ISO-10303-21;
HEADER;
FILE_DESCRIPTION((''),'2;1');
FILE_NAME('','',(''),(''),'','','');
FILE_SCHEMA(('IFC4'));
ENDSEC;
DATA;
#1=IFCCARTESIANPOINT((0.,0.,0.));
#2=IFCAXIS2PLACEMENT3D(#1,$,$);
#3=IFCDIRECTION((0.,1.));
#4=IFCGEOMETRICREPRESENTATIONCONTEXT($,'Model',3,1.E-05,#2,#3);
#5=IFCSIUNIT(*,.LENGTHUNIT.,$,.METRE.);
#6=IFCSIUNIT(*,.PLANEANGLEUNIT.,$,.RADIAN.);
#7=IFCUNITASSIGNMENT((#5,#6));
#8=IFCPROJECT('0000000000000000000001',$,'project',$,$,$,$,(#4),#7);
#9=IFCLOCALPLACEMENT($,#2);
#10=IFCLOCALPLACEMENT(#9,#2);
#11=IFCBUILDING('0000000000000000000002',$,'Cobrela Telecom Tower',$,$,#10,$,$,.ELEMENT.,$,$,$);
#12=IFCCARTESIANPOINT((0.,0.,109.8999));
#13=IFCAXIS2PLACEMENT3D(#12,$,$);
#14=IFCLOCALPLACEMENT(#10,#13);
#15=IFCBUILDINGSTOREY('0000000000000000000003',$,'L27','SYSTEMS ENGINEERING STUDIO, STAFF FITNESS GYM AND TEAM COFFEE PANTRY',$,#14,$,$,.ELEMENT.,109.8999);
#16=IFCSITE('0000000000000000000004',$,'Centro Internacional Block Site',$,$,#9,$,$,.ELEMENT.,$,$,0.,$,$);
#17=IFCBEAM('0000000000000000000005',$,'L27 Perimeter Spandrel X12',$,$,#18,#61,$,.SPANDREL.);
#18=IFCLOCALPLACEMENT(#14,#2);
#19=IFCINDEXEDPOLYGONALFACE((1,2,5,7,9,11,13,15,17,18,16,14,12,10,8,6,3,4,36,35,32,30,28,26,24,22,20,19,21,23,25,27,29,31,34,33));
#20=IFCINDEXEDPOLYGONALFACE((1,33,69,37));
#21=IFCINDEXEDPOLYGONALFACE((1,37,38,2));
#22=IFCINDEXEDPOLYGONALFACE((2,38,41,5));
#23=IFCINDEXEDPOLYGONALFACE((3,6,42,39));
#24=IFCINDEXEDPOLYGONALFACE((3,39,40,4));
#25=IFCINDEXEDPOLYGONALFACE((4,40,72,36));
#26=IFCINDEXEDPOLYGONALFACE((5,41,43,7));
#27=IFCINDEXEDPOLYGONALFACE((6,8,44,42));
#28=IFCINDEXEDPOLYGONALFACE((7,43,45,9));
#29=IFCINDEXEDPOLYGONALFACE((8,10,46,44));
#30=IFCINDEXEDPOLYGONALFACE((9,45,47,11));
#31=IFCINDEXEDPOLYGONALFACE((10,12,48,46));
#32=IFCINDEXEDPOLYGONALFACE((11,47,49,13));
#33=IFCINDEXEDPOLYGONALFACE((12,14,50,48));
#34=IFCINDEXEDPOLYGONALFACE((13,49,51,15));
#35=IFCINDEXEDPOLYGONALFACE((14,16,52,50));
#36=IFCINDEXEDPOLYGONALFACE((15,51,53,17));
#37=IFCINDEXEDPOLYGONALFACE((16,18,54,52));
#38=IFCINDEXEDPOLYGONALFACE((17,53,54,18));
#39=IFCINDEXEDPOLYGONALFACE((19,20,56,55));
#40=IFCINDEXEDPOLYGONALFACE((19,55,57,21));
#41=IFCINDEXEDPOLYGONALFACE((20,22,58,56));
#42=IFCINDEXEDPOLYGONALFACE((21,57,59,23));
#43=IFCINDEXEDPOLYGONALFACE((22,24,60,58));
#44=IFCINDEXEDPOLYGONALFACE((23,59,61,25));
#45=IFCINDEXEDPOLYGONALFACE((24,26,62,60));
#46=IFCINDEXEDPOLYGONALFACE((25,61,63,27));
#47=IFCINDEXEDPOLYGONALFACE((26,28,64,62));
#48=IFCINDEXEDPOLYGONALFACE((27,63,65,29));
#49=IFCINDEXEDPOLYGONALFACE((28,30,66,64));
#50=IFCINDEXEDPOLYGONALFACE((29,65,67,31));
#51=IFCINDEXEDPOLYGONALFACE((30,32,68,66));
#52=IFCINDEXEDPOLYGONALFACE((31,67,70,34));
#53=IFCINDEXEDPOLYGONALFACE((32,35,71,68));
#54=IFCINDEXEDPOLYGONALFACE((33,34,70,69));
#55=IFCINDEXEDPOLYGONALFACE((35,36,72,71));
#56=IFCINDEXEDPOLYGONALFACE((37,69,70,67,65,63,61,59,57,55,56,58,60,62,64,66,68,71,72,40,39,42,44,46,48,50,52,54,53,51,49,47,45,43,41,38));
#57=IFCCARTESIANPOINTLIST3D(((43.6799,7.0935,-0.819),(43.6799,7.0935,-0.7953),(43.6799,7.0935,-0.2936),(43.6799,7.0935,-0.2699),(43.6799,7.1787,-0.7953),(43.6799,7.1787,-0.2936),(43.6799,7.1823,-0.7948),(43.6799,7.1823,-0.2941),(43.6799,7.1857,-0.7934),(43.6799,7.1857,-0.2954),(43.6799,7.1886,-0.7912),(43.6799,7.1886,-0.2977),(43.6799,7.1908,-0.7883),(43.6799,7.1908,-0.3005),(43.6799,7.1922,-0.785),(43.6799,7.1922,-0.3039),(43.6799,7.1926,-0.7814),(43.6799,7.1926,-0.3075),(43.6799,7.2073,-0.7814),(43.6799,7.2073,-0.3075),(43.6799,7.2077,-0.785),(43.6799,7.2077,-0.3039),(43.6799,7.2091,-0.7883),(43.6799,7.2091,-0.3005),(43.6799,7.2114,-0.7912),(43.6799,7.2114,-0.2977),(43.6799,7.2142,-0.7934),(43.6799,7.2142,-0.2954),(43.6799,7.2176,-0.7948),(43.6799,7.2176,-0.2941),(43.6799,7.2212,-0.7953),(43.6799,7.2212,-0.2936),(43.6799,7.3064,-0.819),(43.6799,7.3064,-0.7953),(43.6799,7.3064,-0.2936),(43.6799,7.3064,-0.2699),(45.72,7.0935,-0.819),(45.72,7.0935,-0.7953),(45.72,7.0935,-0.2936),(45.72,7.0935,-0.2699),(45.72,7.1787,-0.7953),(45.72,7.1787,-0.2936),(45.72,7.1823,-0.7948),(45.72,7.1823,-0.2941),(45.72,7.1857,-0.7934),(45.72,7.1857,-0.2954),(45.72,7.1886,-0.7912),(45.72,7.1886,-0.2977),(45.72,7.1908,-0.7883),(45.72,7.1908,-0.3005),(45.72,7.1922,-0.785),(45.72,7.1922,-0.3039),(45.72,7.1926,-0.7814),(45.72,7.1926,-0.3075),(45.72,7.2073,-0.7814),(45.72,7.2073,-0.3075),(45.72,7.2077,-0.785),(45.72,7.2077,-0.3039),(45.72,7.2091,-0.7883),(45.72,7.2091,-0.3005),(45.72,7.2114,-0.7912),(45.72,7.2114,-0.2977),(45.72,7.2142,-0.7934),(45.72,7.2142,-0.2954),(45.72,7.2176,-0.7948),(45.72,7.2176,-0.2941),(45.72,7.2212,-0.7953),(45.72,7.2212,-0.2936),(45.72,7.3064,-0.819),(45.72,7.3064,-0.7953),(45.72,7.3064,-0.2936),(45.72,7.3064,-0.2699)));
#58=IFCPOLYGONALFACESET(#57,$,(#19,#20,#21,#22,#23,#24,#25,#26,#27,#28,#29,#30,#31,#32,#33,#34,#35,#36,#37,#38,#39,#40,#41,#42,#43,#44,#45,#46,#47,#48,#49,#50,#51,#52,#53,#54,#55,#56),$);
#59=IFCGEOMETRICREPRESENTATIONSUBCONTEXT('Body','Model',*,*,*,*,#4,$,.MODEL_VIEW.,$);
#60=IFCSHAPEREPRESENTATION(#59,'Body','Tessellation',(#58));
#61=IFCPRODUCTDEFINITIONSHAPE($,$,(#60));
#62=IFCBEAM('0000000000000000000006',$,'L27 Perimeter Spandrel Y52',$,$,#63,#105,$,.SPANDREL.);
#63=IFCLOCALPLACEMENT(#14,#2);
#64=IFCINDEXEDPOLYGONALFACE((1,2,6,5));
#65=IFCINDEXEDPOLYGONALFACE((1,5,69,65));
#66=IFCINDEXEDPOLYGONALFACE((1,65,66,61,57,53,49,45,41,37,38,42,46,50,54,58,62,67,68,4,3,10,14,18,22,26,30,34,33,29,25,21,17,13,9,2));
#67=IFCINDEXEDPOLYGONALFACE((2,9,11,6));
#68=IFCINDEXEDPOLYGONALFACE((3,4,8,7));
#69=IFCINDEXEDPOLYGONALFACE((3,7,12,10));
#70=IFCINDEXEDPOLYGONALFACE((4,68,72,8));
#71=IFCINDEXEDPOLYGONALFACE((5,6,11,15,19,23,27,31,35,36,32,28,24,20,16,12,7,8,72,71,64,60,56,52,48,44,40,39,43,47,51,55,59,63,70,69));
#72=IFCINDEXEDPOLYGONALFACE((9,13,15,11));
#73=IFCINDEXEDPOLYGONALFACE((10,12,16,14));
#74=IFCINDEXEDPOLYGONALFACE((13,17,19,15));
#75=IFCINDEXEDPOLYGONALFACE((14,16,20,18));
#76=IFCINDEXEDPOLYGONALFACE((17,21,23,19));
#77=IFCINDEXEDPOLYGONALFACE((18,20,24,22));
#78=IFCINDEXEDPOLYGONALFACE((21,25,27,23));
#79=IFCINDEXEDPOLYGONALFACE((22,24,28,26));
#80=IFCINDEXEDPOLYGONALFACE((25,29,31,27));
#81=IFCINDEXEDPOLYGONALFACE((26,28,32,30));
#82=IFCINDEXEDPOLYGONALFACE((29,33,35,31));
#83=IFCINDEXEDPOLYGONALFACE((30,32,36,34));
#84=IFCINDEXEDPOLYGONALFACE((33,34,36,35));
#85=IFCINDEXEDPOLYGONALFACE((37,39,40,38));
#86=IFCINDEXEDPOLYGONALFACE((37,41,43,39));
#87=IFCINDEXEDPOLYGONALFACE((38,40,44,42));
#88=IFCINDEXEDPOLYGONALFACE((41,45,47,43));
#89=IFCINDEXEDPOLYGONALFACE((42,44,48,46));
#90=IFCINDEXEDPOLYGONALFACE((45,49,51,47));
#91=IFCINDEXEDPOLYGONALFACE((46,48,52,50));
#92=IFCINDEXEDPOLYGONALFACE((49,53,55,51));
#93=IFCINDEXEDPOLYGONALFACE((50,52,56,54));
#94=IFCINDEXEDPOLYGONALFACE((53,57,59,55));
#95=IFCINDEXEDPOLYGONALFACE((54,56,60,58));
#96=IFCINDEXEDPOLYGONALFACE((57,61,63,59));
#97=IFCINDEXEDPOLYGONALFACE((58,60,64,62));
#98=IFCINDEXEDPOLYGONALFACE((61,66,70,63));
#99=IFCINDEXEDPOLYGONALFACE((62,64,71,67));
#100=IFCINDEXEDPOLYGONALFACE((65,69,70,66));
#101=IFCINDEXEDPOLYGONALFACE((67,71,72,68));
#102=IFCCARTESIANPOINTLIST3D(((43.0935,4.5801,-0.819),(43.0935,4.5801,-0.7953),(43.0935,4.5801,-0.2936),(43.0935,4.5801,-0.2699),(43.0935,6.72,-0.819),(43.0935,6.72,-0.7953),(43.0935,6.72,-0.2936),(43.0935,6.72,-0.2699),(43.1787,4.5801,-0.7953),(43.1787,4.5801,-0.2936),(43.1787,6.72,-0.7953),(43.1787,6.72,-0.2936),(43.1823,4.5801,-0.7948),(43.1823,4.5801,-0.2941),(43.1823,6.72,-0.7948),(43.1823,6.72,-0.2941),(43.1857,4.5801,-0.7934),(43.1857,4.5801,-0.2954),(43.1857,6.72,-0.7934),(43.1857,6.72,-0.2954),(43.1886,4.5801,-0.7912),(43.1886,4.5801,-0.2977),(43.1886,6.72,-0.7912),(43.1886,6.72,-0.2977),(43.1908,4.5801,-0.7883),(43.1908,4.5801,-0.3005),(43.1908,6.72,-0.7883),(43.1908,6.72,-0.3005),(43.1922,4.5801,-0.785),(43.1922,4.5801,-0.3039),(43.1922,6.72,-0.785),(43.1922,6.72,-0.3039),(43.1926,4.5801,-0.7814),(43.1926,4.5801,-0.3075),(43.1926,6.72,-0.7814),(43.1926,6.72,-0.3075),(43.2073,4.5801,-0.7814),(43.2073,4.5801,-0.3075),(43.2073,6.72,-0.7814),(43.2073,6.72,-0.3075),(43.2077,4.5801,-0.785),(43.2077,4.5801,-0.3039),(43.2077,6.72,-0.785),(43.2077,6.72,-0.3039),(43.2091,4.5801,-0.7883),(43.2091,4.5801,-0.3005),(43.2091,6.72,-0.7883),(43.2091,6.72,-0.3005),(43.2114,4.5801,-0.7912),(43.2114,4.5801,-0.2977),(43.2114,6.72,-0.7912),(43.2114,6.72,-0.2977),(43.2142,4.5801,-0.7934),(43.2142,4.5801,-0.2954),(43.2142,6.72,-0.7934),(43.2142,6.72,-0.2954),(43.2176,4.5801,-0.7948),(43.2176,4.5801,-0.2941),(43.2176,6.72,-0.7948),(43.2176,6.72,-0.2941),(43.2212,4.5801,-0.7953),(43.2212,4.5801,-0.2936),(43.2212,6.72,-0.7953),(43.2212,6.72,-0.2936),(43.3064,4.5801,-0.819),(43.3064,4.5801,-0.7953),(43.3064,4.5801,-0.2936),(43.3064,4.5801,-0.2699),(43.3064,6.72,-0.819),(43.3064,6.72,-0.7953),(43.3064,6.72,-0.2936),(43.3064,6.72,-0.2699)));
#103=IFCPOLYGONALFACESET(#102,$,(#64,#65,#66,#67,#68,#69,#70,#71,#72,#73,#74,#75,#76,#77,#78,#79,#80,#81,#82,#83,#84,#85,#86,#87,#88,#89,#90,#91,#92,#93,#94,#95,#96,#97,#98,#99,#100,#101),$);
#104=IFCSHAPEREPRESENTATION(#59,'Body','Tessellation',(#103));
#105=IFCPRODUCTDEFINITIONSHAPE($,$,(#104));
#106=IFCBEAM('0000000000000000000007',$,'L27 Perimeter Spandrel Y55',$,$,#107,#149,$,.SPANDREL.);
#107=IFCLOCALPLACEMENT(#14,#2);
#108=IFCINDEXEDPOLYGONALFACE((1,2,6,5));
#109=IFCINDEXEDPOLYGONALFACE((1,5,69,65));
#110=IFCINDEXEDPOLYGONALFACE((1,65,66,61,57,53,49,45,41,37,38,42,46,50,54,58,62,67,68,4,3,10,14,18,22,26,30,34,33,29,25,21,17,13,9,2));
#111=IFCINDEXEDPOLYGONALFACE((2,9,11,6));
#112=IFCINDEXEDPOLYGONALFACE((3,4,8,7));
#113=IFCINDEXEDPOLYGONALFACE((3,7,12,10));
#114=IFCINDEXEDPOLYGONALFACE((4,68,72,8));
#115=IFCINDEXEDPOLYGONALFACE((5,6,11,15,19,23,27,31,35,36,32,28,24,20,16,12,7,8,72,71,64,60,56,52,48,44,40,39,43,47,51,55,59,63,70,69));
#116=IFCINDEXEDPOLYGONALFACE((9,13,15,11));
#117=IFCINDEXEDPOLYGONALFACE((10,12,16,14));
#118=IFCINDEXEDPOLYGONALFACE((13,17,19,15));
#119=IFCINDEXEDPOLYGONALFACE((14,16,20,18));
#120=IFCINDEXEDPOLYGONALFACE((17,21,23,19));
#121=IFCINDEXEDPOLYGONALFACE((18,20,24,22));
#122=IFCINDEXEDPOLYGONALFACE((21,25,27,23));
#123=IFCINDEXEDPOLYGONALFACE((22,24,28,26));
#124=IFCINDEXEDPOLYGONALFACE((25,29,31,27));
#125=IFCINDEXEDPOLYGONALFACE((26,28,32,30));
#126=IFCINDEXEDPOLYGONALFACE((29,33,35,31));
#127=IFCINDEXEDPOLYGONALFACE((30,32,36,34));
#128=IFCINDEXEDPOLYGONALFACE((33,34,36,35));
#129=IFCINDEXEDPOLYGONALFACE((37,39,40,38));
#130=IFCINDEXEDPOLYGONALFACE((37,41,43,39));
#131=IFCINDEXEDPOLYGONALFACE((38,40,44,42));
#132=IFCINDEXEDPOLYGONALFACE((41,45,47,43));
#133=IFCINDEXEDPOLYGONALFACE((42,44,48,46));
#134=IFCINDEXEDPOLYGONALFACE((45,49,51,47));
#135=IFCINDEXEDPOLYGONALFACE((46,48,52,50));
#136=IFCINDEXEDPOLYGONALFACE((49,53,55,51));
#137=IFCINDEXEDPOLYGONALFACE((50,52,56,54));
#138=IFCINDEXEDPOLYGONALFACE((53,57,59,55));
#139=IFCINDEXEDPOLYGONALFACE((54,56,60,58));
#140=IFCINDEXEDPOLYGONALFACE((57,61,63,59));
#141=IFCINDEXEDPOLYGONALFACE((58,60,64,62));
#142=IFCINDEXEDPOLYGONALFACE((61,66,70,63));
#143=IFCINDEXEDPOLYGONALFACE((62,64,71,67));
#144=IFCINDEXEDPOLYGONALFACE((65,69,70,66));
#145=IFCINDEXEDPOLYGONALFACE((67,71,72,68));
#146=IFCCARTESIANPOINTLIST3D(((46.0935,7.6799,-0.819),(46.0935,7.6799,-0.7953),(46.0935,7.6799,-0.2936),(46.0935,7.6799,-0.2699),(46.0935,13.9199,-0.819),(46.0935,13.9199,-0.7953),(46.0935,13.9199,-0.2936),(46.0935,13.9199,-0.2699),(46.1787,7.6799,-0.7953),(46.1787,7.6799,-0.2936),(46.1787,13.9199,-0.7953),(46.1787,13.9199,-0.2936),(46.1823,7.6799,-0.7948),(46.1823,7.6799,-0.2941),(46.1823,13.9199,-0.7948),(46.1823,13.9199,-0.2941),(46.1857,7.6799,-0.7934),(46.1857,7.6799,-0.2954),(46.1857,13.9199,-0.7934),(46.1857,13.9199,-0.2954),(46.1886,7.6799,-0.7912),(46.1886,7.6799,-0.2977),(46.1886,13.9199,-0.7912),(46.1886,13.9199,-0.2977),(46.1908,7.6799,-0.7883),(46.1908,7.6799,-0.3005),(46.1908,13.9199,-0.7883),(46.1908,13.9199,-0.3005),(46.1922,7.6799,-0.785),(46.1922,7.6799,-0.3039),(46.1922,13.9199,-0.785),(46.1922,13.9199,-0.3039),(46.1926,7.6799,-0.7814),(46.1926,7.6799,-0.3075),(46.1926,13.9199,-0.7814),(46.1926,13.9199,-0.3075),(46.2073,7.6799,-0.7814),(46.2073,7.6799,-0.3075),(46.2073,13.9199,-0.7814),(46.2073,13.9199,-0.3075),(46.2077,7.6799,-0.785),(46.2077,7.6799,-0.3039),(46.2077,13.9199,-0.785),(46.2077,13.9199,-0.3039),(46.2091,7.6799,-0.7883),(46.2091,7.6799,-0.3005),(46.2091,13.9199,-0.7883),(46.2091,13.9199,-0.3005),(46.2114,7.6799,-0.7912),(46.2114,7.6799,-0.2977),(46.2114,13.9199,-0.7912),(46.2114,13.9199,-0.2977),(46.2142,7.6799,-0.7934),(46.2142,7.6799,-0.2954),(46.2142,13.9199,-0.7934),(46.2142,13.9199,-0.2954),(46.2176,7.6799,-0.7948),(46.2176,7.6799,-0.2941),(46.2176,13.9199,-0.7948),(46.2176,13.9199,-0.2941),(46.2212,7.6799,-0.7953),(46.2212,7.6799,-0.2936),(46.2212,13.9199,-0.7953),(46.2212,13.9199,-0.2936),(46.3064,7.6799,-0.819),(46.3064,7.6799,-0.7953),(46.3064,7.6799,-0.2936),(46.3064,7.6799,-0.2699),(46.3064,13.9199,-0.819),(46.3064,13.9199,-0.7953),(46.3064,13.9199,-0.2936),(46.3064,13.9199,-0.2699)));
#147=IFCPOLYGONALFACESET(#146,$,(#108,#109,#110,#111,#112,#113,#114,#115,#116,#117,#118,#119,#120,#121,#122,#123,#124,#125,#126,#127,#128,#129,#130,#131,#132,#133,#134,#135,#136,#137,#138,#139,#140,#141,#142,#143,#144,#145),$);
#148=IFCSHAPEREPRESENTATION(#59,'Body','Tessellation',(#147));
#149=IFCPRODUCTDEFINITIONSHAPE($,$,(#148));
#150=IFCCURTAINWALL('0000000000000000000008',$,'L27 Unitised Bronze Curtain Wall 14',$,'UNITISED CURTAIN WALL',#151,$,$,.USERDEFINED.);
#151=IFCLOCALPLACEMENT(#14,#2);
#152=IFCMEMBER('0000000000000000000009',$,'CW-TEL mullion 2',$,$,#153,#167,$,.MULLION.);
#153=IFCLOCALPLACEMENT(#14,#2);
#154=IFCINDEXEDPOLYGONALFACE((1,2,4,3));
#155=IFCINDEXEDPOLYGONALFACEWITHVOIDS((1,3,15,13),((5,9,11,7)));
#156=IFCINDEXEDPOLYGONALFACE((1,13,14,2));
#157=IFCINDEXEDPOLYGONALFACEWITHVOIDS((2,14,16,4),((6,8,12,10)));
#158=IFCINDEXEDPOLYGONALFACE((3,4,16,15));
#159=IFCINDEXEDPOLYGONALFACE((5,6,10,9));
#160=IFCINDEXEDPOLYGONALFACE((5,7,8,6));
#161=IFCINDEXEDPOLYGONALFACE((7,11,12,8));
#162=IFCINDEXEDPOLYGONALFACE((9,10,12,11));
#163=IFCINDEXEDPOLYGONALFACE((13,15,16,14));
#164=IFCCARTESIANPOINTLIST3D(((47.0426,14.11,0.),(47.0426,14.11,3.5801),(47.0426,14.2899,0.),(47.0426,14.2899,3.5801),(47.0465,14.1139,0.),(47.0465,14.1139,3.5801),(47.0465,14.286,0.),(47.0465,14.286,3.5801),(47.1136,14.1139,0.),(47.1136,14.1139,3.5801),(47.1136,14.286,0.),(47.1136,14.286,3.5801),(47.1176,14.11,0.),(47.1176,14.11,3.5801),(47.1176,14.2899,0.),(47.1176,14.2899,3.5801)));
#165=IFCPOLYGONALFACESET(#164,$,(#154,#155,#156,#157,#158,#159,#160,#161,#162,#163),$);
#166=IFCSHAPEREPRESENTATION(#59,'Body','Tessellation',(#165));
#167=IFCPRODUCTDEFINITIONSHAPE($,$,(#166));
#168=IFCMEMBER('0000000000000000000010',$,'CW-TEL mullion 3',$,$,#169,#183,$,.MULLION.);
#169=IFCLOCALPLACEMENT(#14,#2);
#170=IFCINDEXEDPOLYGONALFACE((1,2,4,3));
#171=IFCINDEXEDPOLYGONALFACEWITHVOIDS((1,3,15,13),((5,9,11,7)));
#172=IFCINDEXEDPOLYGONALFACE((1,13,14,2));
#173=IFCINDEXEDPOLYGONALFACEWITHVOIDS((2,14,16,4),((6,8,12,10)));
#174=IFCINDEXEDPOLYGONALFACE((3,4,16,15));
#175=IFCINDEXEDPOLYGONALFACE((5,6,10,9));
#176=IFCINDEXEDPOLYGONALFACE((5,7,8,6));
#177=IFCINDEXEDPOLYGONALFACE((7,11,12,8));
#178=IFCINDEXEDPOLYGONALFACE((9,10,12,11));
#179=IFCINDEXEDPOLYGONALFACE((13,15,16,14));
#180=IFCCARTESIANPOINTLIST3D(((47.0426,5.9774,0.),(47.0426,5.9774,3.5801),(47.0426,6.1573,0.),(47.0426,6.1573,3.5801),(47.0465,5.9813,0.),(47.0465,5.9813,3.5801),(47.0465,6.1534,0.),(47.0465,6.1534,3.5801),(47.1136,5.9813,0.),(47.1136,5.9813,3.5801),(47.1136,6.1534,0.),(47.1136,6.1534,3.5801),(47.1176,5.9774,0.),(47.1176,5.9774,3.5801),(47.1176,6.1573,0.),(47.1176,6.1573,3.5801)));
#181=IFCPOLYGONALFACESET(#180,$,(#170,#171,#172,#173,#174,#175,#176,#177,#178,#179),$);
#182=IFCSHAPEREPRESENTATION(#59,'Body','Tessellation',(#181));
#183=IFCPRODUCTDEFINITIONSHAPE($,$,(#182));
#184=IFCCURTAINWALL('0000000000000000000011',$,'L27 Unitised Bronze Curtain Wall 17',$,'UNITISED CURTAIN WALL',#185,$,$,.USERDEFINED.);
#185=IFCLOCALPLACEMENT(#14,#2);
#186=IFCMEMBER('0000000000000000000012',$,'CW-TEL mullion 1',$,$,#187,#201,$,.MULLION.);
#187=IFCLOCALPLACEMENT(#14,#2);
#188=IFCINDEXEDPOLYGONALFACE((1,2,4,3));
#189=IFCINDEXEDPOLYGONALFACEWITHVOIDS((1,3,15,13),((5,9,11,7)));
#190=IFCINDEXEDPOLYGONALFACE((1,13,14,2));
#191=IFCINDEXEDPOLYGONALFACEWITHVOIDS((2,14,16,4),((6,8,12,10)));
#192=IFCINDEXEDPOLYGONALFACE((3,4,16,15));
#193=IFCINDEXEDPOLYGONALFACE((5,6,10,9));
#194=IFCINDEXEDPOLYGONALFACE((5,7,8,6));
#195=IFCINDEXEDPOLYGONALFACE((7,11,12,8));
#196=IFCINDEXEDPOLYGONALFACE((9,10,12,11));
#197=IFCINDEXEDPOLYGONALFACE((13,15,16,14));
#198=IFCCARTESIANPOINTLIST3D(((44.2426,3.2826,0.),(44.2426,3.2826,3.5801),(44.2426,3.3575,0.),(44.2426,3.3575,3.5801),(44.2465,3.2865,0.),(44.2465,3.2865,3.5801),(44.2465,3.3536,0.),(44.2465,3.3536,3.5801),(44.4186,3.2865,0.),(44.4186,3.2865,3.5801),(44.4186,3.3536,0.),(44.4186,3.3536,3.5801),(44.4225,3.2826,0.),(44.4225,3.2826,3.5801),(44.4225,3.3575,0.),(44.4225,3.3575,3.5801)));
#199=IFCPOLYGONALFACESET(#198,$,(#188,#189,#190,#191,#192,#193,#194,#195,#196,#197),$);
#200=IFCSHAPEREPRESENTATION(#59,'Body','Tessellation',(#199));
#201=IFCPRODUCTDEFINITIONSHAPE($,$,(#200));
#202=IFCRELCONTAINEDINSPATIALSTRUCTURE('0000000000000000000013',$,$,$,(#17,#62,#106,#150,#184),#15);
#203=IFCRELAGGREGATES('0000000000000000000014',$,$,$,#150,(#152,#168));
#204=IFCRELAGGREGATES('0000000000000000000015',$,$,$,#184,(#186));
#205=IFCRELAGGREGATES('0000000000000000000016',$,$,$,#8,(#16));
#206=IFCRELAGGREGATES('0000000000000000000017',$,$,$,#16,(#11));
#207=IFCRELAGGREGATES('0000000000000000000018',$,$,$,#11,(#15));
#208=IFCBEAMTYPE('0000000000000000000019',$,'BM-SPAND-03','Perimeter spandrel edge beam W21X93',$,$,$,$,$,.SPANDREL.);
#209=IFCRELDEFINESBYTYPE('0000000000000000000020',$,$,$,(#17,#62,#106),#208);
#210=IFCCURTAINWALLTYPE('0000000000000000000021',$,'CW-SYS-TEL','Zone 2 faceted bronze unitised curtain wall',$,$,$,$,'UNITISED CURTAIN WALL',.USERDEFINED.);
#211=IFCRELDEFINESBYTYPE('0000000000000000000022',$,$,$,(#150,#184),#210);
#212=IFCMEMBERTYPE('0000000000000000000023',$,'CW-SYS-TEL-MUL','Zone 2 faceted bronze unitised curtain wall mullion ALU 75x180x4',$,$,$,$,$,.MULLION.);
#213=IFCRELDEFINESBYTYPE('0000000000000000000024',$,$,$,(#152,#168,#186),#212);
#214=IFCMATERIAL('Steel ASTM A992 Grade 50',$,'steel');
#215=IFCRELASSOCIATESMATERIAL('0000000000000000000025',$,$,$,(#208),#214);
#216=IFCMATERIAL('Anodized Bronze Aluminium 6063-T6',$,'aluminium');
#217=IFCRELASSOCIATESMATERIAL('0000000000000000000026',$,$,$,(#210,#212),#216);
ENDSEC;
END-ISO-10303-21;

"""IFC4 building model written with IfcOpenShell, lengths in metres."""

from ifc_helpers import new_model, si_unit, direction, frame, origin, origin_2d, place, context, subcontext, project, spatial, hollow_rectangle, i_section, extrude, material, material_profile, profile_set, type_object, element, aggregate, save


model = new_model("IFC4")

# Units and contexts
model_context = context("Model", 3, precision=1e-05, world=origin(), true_north=direction((0.0, 1.0)))
body_context = subcontext(model_context, "Body", "Model", "MODEL_VIEW")
ifc_project = project(units=[si_unit("LENGTHUNIT", "METRE"), si_unit("PLANEANGLEUNIT", "RADIAN")], contexts=[model_context])

# Site, building, storey
site_placement = place(None, origin())
site = spatial("IfcSite", under=ifc_project, at=site_placement, Name="Centro Internacional Block Site", CompositionType="ELEMENT", RefElevation=0.0)
building_placement = place(site_placement, origin())
building = spatial("IfcBuilding", under=site, at=building_placement, Name="Cobrela Telecom Tower", CompositionType="ELEMENT")
storey_placement = place(building_placement, frame((0.0, 0.0, 109.8999)))
storey = spatial("IfcBuildingStorey", under=building, at=storey_placement, Name="L27", Description="SYSTEMS ENGINEERING STUDIO, STAFF FITNESS GYM AND TEAM COFFEE PANTRY", CompositionType="ELEMENT", Elevation=109.8999)

# Shared definitions
ifc_material_1 = material(Name="Steel ASTM A992 Grade 50", Category="steel")

# Beams
ifc_material_profile_1 = material_profile(ifc_material_1, i_section(OverallWidth=0.2129, OverallDepth=0.5491, WebThickness=0.0146, FlangeThickness=0.0237, FilletRadius=0.0139, at=origin_2d()), Name="W21X93")
ifc_profile_set_1 = profile_set([ifc_material_profile_1], Name="Steel ASTM A992 Grade 50")
beam_type_1 = type_object("IfcBeamType", Name="BM-SPAND-03", Description="Perimeter spandrel edge beam W21X93", PredefinedType="SPANDREL", material=ifc_profile_set_1)
beam_1_placement = place(storey_placement, frame((43.6799, 7.2, -0.5444), z_axis=(1.0, 0.0, 0.0), x_axis=(0.0, 1.0, 0.0)))
element("IfcBeam", 1, at=beam_1_placement, inside=storey, type_object=beam_type_1, Name="L27 Perimeter Spandrel X12", PredefinedType="SPANDREL", context=body_context, shape_type="SweptSolid", body=[
    extrude(i_section(OverallWidth=0.2129, OverallDepth=0.5491, WebThickness=0.0146, FlangeThickness=0.0237, FilletRadius=0.0139, at=origin_2d()), origin(), (0.0, 0.0, 1.0), 2.04),
])
beam_2_placement = place(storey_placement, frame((43.2, 4.5801, -0.5444), z_axis=(0.0, 1.0, 0.0), x_axis=(-1.0, 0.0, 0.0)))
element("IfcBeam", 2, at=beam_2_placement, inside=storey, type_object=beam_type_1, Name="L27 Perimeter Spandrel Y52", PredefinedType="SPANDREL", context=body_context, shape_type="SweptSolid", body=[
    extrude(i_section(OverallWidth=0.2129, OverallDepth=0.5491, WebThickness=0.0146, FlangeThickness=0.0237, FilletRadius=0.0139, at=origin_2d()), origin(), (0.0, 0.0, 1.0), 2.1399),
])
beam_3_placement = place(storey_placement, frame((46.2, 7.6799, -0.5444), z_axis=(0.0, 1.0, 0.0), x_axis=(-1.0, 0.0, 0.0)))
element("IfcBeam", 3, at=beam_3_placement, inside=storey, type_object=beam_type_1, Name="L27 Perimeter Spandrel Y55", PredefinedType="SPANDREL", context=body_context, shape_type="SweptSolid", body=[
    extrude(i_section(OverallWidth=0.2129, OverallDepth=0.5491, WebThickness=0.0146, FlangeThickness=0.0237, FilletRadius=0.0139, at=origin_2d()), origin(), (0.0, 0.0, 1.0), 6.24),
])

# Curtain walls, members
ifc_material_2 = material(Name="Anodized Bronze Aluminium 6063-T6", Category="aluminium")
curtain_wall_type = type_object("IfcCurtainWallType", Name="CW-SYS-TEL", Description="Zone 2 faceted bronze unitised curtain wall", ElementType="UNITISED CURTAIN WALL", PredefinedType="USERDEFINED", material=ifc_material_2)
curtain_wall_1_placement = place(storey_placement, origin())
curtain_wall_1 = element("IfcCurtainWall", 4, at=curtain_wall_1_placement, inside=storey, type_object=curtain_wall_type, Name="L27 Unitised Bronze Curtain Wall 14", ObjectType="UNITISED CURTAIN WALL", PredefinedType="USERDEFINED")
ifc_material_profile_2 = material_profile(ifc_material_2, hollow_rectangle(XDim=0.075, YDim=0.1799, WallThickness=0.0039, at=origin_2d()), Name="ALU 75x180x4")
ifc_profile_set_2 = profile_set([ifc_material_profile_2], Name="Anodized Bronze Aluminium 6063-T6")
member_type_1 = type_object("IfcMemberType", Name="CW-SYS-TEL-MUL", Description="Zone 2 faceted bronze unitised curtain wall mullion ALU 75x180x4", PredefinedType="MULLION", material=ifc_profile_set_2)
member_1_placement = place(storey_placement, frame((47.0801, 14.2, 0.0), z_axis=(0.0, 0.0, 1.0), x_axis=(1.0, 0.0, 0.0)))
member_1 = element("IfcMember", 5, at=member_1_placement, type_object=member_type_1, Name="CW-TEL mullion 2", PredefinedType="MULLION", context=body_context, shape_type="SweptSolid", body=[
    extrude(hollow_rectangle(XDim=0.075, YDim=0.1799, WallThickness=0.0039, at=origin_2d()), origin(), (0.0, 0.0, 1.0), 3.5801),
])
member_2_placement = place(storey_placement, frame((47.0801, 6.0674, 0.0), z_axis=(0.0, 0.0, 1.0), x_axis=(1.0, 0.0, 0.0)))
member_2 = element("IfcMember", 6, at=member_2_placement, type_object=member_type_1, Name="CW-TEL mullion 3", PredefinedType="MULLION", context=body_context, shape_type="SweptSolid", body=[
    extrude(hollow_rectangle(XDim=0.075, YDim=0.1799, WallThickness=0.0039, at=origin_2d()), origin(), (0.0, 0.0, 1.0), 3.5801),
])
curtain_wall_2_placement = place(storey_placement, origin())
curtain_wall_2 = element("IfcCurtainWall", 7, at=curtain_wall_2_placement, inside=storey, type_object=curtain_wall_type, Name="L27 Unitised Bronze Curtain Wall 17", ObjectType="UNITISED CURTAIN WALL", PredefinedType="USERDEFINED")
member_3_placement = place(storey_placement, frame((44.3325, 3.3201, 0.0), z_axis=(0.0, 0.0, 1.0), x_axis=(0.0, -1.0, 0.0)))
member_3 = element("IfcMember", 8, at=member_3_placement, type_object=member_type_1, Name="CW-TEL mullion 1", PredefinedType="MULLION", context=body_context, shape_type="SweptSolid", body=[
    extrude(hollow_rectangle(XDim=0.075, YDim=0.1799, WallThickness=0.0039, at=origin_2d()), origin(), (0.0, 0.0, 1.0), 3.5801),
])

aggregate(curtain_wall_1, [member_1, member_2])
aggregate(curtain_wall_2, [member_3])

save(model, "model.ifc")
